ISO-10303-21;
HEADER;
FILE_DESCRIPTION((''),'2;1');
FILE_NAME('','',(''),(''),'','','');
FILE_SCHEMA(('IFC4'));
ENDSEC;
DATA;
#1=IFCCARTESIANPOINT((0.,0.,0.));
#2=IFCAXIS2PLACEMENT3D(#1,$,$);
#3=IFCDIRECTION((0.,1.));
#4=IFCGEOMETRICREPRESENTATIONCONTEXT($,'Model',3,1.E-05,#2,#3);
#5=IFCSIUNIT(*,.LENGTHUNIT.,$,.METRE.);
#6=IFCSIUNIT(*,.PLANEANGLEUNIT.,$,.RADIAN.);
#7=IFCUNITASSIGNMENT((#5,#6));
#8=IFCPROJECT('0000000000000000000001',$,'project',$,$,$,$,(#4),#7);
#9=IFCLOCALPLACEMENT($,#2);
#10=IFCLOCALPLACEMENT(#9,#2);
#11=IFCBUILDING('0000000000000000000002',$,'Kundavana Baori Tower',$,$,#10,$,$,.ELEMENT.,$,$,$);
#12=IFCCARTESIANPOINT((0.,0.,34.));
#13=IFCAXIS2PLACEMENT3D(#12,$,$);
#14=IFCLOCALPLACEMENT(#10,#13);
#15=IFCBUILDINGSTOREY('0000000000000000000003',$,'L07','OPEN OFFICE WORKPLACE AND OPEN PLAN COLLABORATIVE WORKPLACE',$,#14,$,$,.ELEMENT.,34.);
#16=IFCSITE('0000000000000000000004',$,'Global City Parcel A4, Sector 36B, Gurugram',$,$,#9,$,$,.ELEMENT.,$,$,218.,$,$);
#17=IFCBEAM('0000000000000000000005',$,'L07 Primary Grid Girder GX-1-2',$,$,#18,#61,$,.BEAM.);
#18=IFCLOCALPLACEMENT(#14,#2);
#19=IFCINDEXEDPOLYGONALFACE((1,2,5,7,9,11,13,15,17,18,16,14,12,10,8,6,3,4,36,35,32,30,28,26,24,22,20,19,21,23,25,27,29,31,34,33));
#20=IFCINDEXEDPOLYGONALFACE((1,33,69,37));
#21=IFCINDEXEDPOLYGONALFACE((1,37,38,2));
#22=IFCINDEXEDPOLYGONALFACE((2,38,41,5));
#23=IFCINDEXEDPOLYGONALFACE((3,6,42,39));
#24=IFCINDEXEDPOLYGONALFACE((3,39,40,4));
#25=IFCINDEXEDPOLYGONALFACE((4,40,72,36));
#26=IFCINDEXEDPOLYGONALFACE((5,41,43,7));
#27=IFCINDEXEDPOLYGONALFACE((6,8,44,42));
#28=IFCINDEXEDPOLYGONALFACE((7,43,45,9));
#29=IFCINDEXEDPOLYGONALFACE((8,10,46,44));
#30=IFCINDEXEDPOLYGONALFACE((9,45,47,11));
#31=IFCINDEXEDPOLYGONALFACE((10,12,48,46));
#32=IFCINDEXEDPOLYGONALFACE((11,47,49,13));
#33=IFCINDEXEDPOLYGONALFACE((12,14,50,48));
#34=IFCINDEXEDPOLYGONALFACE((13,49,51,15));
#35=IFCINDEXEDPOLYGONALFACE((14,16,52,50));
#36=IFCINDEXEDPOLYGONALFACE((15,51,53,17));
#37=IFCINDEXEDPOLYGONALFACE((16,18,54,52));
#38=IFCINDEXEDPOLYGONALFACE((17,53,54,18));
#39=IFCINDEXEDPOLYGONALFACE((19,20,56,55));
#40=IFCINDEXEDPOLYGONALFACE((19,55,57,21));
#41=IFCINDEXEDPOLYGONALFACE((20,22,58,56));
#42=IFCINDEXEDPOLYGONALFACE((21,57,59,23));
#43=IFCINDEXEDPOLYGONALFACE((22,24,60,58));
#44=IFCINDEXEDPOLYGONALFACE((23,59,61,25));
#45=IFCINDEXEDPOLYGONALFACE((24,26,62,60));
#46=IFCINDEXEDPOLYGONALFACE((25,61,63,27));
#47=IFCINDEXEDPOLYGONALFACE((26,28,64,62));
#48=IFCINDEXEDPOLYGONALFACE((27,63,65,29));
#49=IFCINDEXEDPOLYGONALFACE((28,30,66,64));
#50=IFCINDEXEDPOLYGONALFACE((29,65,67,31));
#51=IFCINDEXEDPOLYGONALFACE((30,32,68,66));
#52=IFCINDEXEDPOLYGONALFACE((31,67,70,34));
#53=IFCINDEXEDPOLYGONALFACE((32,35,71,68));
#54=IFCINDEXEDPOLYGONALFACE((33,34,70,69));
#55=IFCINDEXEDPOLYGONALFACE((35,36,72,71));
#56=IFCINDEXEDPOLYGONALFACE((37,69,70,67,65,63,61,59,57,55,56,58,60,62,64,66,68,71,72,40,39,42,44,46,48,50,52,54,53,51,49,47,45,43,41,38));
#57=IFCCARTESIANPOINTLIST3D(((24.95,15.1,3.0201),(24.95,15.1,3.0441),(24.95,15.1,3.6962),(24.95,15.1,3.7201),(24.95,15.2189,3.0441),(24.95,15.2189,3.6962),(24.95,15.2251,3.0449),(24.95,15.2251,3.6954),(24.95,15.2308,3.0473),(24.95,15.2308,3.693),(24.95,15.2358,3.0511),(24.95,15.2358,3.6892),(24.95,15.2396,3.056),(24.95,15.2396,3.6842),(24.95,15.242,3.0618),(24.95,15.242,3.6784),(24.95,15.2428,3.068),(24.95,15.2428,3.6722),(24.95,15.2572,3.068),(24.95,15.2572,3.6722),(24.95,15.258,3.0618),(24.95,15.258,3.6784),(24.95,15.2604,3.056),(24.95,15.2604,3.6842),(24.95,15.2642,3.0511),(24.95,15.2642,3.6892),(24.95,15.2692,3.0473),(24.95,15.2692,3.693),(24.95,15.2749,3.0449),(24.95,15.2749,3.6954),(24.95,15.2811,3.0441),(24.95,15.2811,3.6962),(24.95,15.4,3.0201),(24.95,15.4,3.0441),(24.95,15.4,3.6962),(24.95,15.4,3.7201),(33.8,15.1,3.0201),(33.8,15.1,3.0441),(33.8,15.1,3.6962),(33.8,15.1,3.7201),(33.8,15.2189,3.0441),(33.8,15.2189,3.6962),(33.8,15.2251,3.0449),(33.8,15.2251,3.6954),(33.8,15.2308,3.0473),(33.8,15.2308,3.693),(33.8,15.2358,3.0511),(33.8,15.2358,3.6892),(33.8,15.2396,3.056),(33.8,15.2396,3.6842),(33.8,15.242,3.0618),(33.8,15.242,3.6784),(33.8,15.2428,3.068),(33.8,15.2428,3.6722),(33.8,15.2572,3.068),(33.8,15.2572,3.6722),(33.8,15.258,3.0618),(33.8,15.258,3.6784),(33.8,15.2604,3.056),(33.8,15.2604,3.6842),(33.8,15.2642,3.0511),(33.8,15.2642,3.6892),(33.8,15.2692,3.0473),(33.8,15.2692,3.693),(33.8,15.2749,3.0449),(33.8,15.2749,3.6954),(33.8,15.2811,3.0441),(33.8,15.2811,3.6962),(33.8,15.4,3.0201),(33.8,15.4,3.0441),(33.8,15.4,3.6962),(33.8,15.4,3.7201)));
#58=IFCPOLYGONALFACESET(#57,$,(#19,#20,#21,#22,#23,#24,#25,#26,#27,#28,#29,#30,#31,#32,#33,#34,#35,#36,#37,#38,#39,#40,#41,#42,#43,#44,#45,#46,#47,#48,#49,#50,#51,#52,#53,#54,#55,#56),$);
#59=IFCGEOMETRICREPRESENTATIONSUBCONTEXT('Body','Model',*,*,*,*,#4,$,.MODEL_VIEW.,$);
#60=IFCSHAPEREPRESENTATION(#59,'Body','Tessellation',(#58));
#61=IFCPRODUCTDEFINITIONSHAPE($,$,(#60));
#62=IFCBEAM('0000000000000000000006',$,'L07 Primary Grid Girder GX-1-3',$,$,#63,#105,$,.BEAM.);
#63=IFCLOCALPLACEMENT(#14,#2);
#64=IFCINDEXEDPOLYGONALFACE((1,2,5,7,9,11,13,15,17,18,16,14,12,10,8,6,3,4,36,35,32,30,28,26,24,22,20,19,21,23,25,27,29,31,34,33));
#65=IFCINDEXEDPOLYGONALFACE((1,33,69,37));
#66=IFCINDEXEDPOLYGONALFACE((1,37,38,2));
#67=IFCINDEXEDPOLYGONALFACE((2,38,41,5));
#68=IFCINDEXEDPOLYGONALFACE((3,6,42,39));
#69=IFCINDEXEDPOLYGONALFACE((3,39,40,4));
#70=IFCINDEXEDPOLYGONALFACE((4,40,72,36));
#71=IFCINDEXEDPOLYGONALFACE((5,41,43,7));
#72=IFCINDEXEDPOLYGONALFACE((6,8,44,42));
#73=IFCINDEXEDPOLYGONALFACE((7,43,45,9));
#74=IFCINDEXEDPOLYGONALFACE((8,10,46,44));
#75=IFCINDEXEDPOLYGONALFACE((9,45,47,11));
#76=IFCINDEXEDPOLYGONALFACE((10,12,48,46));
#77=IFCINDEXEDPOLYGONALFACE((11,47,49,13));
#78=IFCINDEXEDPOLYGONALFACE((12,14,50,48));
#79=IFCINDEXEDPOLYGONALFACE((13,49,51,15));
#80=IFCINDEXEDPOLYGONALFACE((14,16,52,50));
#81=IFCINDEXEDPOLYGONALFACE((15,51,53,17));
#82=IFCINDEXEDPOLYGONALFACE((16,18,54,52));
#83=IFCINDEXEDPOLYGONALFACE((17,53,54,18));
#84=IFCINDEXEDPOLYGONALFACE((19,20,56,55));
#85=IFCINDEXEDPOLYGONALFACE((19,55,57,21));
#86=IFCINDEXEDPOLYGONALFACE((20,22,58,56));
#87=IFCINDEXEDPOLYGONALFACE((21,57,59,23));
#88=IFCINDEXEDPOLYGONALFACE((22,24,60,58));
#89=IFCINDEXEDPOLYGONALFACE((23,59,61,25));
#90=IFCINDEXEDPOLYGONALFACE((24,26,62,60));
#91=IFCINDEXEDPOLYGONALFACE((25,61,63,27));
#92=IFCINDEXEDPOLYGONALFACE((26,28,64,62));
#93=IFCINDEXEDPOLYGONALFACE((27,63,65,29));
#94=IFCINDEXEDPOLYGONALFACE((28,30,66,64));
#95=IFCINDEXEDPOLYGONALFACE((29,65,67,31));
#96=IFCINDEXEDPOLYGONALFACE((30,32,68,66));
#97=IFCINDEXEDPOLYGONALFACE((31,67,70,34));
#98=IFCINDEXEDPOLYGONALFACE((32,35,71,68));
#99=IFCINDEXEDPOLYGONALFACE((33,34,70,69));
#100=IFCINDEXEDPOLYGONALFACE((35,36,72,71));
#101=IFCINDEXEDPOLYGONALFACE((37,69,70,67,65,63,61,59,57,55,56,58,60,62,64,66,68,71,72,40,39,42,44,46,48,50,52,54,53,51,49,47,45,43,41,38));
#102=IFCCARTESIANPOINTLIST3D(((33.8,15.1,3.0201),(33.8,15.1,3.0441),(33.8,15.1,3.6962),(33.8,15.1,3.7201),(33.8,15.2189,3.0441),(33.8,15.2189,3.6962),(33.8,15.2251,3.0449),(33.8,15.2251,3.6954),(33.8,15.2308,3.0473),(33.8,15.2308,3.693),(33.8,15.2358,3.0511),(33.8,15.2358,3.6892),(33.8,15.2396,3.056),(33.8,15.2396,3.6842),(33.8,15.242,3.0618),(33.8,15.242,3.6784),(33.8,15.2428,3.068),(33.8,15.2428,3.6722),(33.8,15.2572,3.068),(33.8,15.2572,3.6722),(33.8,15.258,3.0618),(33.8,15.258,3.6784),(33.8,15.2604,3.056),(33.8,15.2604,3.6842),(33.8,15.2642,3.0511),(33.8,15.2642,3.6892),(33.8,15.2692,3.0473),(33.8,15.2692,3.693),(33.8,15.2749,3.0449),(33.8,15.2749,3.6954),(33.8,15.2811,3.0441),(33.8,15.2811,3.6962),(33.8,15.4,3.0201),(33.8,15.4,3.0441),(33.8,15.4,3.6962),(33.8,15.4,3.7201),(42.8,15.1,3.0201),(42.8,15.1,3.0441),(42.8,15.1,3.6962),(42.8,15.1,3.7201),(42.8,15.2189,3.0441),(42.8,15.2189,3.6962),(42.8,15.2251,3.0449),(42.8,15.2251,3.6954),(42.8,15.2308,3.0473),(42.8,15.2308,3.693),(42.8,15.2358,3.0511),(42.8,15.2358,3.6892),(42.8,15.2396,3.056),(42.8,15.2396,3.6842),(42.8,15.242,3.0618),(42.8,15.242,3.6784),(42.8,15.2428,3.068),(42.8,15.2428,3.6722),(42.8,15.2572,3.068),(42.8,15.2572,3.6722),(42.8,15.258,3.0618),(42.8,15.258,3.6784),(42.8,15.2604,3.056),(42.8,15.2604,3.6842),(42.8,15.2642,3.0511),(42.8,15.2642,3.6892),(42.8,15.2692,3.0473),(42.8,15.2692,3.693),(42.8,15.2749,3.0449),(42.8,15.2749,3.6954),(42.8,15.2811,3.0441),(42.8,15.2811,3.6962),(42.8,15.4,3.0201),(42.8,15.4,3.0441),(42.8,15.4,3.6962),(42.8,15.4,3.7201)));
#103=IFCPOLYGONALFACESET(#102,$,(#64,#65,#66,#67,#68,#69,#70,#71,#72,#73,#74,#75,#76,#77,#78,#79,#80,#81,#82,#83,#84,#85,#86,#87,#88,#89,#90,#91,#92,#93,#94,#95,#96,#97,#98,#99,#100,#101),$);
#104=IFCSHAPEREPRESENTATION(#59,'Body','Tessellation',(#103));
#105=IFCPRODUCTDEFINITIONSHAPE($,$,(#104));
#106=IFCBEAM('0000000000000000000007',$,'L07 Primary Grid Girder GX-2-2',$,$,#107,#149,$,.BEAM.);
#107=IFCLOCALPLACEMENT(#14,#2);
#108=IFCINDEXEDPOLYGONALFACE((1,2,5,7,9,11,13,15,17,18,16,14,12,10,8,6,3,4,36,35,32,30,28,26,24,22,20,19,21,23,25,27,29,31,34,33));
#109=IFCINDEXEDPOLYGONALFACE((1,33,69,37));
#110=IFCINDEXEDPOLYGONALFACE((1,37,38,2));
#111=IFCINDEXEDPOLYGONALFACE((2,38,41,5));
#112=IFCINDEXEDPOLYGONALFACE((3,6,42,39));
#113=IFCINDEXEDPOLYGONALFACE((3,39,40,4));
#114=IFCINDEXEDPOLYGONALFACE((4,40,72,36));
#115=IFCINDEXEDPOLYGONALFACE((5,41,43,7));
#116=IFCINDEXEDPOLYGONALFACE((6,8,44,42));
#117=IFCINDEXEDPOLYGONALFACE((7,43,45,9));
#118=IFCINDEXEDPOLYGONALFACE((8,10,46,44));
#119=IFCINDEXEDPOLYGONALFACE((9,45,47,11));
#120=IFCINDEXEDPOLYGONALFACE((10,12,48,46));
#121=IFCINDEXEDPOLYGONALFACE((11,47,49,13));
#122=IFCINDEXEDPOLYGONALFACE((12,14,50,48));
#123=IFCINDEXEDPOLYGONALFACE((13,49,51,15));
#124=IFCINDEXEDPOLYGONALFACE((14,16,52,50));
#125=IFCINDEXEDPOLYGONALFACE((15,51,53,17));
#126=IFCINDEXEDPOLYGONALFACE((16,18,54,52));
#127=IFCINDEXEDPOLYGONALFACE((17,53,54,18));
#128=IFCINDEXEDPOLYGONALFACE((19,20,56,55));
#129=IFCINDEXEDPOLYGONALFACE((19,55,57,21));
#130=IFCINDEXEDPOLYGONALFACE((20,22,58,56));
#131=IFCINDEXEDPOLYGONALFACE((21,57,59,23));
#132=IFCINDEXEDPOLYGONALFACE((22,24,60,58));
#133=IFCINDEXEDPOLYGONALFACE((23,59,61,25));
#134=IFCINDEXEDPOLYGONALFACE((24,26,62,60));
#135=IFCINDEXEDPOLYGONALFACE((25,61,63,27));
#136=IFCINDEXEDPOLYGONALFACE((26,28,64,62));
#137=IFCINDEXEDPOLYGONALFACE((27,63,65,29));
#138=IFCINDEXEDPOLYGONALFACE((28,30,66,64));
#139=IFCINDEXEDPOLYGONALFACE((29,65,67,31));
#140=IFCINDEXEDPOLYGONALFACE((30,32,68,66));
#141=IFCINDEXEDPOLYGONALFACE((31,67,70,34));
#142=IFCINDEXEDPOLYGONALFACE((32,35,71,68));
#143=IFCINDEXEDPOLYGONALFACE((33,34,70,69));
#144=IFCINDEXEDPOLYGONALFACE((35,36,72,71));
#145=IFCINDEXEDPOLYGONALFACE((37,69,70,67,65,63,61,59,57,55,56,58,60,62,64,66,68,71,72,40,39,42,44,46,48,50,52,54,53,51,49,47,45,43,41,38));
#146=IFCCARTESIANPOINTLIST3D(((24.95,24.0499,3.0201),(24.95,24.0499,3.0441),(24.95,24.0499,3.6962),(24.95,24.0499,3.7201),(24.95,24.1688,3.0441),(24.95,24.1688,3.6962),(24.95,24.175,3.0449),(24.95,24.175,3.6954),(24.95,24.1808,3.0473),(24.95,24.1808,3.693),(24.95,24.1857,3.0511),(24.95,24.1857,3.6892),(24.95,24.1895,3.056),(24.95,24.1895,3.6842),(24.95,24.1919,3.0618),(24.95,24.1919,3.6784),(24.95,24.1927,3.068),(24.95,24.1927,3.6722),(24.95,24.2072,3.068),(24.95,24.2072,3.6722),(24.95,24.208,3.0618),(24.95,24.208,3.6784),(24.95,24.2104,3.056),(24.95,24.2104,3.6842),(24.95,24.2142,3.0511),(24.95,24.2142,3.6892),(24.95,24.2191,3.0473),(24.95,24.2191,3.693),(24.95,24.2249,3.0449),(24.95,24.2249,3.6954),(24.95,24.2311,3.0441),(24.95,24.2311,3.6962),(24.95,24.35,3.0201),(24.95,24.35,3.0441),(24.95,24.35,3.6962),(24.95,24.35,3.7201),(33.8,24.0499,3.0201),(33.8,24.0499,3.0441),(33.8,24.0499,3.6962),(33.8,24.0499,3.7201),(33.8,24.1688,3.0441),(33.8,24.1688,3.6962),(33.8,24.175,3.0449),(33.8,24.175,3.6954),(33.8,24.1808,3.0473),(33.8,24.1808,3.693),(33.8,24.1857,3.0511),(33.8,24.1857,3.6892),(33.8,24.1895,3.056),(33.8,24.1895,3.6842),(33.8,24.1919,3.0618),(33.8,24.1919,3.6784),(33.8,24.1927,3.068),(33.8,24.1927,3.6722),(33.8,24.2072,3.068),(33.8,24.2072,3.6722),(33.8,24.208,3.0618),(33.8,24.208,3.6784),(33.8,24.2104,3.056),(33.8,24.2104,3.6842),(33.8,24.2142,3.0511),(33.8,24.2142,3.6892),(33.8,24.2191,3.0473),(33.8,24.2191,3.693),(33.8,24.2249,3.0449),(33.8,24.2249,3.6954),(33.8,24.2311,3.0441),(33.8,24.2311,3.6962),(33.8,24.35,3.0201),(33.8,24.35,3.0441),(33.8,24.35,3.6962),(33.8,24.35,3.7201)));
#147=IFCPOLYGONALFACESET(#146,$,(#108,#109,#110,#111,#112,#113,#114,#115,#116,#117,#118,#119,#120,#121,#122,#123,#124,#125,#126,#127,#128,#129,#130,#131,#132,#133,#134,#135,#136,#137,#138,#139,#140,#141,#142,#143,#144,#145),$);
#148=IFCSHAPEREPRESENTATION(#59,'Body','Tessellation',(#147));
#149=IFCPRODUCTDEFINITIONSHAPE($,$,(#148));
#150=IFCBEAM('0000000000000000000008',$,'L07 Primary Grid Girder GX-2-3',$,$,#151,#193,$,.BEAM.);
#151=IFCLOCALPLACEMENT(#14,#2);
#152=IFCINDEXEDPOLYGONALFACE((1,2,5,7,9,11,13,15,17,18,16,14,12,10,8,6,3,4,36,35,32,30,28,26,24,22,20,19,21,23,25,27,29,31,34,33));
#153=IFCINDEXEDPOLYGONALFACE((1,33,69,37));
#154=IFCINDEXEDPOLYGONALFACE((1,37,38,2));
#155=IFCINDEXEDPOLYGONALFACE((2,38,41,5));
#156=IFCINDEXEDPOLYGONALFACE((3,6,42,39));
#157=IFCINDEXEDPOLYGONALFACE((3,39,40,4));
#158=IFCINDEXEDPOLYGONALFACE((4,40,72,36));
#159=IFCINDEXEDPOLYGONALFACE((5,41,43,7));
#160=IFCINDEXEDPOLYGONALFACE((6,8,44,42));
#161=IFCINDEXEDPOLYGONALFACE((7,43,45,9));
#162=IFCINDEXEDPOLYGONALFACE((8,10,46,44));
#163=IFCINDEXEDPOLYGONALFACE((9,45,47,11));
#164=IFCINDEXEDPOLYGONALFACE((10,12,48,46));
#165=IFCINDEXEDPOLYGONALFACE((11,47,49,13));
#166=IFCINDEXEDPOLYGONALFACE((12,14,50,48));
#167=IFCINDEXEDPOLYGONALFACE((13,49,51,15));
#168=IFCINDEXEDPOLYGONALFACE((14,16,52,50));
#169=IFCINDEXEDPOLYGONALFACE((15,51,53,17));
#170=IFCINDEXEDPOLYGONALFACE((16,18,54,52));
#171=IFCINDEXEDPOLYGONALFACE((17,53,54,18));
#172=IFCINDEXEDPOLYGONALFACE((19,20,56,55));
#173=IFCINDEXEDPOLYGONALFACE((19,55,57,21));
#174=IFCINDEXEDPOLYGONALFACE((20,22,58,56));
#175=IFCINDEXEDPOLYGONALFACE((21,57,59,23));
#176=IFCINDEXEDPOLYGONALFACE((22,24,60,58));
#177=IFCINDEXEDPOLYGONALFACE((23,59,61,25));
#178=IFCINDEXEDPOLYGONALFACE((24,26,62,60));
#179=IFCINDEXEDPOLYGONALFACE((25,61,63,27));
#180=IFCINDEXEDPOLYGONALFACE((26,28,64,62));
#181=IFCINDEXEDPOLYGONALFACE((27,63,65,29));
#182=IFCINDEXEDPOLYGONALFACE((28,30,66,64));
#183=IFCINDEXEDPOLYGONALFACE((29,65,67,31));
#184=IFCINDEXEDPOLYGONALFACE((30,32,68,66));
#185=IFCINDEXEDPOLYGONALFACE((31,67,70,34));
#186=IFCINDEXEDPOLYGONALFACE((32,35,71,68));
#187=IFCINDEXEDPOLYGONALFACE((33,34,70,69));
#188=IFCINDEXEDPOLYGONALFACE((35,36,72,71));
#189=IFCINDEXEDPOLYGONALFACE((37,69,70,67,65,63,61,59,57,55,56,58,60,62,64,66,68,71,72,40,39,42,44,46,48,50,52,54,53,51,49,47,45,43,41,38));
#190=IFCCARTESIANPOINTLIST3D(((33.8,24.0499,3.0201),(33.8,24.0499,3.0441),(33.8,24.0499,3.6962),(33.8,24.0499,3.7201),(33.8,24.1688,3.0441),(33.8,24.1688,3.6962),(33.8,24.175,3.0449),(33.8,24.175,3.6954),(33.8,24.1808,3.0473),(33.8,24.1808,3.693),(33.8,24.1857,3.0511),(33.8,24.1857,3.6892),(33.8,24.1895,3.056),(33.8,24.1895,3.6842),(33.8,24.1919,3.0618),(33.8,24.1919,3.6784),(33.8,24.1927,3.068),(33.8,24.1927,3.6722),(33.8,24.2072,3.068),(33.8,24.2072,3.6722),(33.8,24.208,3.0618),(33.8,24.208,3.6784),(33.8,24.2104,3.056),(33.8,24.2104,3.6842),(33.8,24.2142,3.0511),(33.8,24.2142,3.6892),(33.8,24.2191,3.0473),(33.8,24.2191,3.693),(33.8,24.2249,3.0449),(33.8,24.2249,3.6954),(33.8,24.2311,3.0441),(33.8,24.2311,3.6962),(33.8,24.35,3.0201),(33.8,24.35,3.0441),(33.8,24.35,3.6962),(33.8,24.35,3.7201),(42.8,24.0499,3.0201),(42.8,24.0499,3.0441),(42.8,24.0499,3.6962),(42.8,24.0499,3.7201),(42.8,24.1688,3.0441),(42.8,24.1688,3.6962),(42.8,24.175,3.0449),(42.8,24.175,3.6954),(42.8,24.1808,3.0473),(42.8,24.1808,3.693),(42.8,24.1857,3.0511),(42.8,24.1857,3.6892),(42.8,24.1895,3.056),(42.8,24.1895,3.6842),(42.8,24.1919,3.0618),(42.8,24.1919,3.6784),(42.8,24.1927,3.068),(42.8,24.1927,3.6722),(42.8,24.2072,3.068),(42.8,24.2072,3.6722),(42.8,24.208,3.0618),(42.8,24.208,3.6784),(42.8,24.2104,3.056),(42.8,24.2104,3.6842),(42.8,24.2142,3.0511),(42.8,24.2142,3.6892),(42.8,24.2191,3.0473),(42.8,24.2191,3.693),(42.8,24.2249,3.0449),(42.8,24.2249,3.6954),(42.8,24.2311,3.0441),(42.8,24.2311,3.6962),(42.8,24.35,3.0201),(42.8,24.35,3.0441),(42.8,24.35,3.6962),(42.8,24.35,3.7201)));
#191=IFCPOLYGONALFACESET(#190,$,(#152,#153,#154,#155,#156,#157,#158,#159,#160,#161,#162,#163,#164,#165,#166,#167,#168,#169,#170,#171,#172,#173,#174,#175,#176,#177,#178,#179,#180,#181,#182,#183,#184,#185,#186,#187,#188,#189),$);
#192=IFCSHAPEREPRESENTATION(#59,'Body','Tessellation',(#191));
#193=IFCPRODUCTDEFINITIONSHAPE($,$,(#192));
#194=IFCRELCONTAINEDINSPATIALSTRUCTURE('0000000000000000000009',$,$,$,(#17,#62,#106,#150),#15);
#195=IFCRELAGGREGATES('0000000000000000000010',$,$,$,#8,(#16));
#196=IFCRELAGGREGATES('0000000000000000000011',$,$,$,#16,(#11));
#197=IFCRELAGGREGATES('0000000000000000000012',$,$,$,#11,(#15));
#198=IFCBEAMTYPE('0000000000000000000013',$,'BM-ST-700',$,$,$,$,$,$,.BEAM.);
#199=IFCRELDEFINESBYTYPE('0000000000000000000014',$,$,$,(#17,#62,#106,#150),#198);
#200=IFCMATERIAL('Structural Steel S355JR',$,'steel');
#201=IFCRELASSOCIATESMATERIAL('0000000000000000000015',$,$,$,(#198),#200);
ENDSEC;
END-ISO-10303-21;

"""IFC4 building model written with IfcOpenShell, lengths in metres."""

from ifc_helpers import new_model, si_unit, direction, frame, origin, origin_2d, place, context, subcontext, project, spatial, i_section, extrude, material, material_profile, profile_set, type_object, element, save


model = new_model("IFC4")

# Units and contexts
model_context = context("Model", 3, precision=1e-05, world=origin(), true_north=direction((0.0, 1.0)))
body_context = subcontext(model_context, "Body", "Model", "MODEL_VIEW")
ifc_project = project(units=[si_unit("LENGTHUNIT", "METRE"), si_unit("PLANEANGLEUNIT", "RADIAN")], contexts=[model_context])

# Site, building, storey
site_placement = place(None, origin())
site = spatial("IfcSite", under=ifc_project, at=site_placement, Name="Global City Parcel A4, Sector 36B, Gurugram", CompositionType="ELEMENT", RefElevation=218.0)
building_placement = place(site_placement, origin())
building = spatial("IfcBuilding", under=site, at=building_placement, Name="Kundavana Baori Tower", CompositionType="ELEMENT")
storey_placement = place(building_placement, frame((0.0, 0.0, 34.0)))
storey = spatial("IfcBuildingStorey", under=building, at=storey_placement, Name="L07", Description="OPEN OFFICE WORKPLACE AND OPEN PLAN COLLABORATIVE WORKPLACE", CompositionType="ELEMENT", Elevation=34.0)

# Beams
ifc_material_1 = material(Name="Structural Steel S355JR", Category="steel")
ifc_material_profile_1 = material_profile(ifc_material_1, i_section(OverallWidth=0.3, OverallDepth=0.7, WebThickness=0.0144, FlangeThickness=0.0239, FilletRadius=0.0239, at=origin_2d()), Name="NPB 700x300x170")
ifc_profile_set_1 = profile_set([ifc_material_profile_1], Name="Structural Steel S355JR")
beam_type_1 = type_object("IfcBeamType", Name="BM-ST-700", PredefinedType="BEAM", material=ifc_profile_set_1)
beam_1_placement = place(storey_placement, frame((24.95, 15.25, 3.3701), z_axis=(1.0, 0.0, 0.0), x_axis=(0.0, 1.0, 0.0)))
element("IfcBeam", 1, at=beam_1_placement, inside=storey, type_object=beam_type_1, Name="L07 Primary Grid Girder GX-1-2", PredefinedType="BEAM", context=body_context, shape_type="SweptSolid", body=[
    extrude(i_section(OverallWidth=0.3, OverallDepth=0.7, WebThickness=0.0144, FlangeThickness=0.0239, FilletRadius=0.0239, at=origin_2d()), origin(), (0.0, 0.0, 1.0), 8.8501),
])
beam_2_placement = place(storey_placement, frame((33.8, 15.25, 3.3701), z_axis=(1.0, 0.0, 0.0), x_axis=(0.0, 1.0, 0.0)))
element("IfcBeam", 2, at=beam_2_placement, inside=storey, type_object=beam_type_1, Name="L07 Primary Grid Girder GX-1-3", PredefinedType="BEAM", context=body_context, shape_type="SweptSolid", body=[
    extrude(i_section(OverallWidth=0.3, OverallDepth=0.7, WebThickness=0.0144, FlangeThickness=0.0239, FilletRadius=0.0239, at=origin_2d()), origin(), (0.0, 0.0, 1.0), 9.0),
])
beam_3_placement = place(storey_placement, frame((24.95, 24.2, 3.3701), z_axis=(1.0, 0.0, 0.0), x_axis=(0.0, 1.0, 0.0)))
element("IfcBeam", 3, at=beam_3_placement, inside=storey, type_object=beam_type_1, Name="L07 Primary Grid Girder GX-2-2", PredefinedType="BEAM", context=body_context, shape_type="SweptSolid", body=[
    extrude(i_section(OverallWidth=0.3, OverallDepth=0.7, WebThickness=0.0144, FlangeThickness=0.0239, FilletRadius=0.0239, at=origin_2d()), origin(), (0.0, 0.0, 1.0), 8.8501),
])
beam_4_placement = place(storey_placement, frame((33.8, 24.2, 3.3701), z_axis=(1.0, 0.0, 0.0), x_axis=(0.0, 1.0, 0.0)))
element("IfcBeam", 4, at=beam_4_placement, inside=storey, type_object=beam_type_1, Name="L07 Primary Grid Girder GX-2-3", PredefinedType="BEAM", context=body_context, shape_type="SweptSolid", body=[
    extrude(i_section(OverallWidth=0.3, OverallDepth=0.7, WebThickness=0.0144, FlangeThickness=0.0239, FilletRadius=0.0239, at=origin_2d()), origin(), (0.0, 0.0, 1.0), 9.0),
])

save(model, "model.ifc")
